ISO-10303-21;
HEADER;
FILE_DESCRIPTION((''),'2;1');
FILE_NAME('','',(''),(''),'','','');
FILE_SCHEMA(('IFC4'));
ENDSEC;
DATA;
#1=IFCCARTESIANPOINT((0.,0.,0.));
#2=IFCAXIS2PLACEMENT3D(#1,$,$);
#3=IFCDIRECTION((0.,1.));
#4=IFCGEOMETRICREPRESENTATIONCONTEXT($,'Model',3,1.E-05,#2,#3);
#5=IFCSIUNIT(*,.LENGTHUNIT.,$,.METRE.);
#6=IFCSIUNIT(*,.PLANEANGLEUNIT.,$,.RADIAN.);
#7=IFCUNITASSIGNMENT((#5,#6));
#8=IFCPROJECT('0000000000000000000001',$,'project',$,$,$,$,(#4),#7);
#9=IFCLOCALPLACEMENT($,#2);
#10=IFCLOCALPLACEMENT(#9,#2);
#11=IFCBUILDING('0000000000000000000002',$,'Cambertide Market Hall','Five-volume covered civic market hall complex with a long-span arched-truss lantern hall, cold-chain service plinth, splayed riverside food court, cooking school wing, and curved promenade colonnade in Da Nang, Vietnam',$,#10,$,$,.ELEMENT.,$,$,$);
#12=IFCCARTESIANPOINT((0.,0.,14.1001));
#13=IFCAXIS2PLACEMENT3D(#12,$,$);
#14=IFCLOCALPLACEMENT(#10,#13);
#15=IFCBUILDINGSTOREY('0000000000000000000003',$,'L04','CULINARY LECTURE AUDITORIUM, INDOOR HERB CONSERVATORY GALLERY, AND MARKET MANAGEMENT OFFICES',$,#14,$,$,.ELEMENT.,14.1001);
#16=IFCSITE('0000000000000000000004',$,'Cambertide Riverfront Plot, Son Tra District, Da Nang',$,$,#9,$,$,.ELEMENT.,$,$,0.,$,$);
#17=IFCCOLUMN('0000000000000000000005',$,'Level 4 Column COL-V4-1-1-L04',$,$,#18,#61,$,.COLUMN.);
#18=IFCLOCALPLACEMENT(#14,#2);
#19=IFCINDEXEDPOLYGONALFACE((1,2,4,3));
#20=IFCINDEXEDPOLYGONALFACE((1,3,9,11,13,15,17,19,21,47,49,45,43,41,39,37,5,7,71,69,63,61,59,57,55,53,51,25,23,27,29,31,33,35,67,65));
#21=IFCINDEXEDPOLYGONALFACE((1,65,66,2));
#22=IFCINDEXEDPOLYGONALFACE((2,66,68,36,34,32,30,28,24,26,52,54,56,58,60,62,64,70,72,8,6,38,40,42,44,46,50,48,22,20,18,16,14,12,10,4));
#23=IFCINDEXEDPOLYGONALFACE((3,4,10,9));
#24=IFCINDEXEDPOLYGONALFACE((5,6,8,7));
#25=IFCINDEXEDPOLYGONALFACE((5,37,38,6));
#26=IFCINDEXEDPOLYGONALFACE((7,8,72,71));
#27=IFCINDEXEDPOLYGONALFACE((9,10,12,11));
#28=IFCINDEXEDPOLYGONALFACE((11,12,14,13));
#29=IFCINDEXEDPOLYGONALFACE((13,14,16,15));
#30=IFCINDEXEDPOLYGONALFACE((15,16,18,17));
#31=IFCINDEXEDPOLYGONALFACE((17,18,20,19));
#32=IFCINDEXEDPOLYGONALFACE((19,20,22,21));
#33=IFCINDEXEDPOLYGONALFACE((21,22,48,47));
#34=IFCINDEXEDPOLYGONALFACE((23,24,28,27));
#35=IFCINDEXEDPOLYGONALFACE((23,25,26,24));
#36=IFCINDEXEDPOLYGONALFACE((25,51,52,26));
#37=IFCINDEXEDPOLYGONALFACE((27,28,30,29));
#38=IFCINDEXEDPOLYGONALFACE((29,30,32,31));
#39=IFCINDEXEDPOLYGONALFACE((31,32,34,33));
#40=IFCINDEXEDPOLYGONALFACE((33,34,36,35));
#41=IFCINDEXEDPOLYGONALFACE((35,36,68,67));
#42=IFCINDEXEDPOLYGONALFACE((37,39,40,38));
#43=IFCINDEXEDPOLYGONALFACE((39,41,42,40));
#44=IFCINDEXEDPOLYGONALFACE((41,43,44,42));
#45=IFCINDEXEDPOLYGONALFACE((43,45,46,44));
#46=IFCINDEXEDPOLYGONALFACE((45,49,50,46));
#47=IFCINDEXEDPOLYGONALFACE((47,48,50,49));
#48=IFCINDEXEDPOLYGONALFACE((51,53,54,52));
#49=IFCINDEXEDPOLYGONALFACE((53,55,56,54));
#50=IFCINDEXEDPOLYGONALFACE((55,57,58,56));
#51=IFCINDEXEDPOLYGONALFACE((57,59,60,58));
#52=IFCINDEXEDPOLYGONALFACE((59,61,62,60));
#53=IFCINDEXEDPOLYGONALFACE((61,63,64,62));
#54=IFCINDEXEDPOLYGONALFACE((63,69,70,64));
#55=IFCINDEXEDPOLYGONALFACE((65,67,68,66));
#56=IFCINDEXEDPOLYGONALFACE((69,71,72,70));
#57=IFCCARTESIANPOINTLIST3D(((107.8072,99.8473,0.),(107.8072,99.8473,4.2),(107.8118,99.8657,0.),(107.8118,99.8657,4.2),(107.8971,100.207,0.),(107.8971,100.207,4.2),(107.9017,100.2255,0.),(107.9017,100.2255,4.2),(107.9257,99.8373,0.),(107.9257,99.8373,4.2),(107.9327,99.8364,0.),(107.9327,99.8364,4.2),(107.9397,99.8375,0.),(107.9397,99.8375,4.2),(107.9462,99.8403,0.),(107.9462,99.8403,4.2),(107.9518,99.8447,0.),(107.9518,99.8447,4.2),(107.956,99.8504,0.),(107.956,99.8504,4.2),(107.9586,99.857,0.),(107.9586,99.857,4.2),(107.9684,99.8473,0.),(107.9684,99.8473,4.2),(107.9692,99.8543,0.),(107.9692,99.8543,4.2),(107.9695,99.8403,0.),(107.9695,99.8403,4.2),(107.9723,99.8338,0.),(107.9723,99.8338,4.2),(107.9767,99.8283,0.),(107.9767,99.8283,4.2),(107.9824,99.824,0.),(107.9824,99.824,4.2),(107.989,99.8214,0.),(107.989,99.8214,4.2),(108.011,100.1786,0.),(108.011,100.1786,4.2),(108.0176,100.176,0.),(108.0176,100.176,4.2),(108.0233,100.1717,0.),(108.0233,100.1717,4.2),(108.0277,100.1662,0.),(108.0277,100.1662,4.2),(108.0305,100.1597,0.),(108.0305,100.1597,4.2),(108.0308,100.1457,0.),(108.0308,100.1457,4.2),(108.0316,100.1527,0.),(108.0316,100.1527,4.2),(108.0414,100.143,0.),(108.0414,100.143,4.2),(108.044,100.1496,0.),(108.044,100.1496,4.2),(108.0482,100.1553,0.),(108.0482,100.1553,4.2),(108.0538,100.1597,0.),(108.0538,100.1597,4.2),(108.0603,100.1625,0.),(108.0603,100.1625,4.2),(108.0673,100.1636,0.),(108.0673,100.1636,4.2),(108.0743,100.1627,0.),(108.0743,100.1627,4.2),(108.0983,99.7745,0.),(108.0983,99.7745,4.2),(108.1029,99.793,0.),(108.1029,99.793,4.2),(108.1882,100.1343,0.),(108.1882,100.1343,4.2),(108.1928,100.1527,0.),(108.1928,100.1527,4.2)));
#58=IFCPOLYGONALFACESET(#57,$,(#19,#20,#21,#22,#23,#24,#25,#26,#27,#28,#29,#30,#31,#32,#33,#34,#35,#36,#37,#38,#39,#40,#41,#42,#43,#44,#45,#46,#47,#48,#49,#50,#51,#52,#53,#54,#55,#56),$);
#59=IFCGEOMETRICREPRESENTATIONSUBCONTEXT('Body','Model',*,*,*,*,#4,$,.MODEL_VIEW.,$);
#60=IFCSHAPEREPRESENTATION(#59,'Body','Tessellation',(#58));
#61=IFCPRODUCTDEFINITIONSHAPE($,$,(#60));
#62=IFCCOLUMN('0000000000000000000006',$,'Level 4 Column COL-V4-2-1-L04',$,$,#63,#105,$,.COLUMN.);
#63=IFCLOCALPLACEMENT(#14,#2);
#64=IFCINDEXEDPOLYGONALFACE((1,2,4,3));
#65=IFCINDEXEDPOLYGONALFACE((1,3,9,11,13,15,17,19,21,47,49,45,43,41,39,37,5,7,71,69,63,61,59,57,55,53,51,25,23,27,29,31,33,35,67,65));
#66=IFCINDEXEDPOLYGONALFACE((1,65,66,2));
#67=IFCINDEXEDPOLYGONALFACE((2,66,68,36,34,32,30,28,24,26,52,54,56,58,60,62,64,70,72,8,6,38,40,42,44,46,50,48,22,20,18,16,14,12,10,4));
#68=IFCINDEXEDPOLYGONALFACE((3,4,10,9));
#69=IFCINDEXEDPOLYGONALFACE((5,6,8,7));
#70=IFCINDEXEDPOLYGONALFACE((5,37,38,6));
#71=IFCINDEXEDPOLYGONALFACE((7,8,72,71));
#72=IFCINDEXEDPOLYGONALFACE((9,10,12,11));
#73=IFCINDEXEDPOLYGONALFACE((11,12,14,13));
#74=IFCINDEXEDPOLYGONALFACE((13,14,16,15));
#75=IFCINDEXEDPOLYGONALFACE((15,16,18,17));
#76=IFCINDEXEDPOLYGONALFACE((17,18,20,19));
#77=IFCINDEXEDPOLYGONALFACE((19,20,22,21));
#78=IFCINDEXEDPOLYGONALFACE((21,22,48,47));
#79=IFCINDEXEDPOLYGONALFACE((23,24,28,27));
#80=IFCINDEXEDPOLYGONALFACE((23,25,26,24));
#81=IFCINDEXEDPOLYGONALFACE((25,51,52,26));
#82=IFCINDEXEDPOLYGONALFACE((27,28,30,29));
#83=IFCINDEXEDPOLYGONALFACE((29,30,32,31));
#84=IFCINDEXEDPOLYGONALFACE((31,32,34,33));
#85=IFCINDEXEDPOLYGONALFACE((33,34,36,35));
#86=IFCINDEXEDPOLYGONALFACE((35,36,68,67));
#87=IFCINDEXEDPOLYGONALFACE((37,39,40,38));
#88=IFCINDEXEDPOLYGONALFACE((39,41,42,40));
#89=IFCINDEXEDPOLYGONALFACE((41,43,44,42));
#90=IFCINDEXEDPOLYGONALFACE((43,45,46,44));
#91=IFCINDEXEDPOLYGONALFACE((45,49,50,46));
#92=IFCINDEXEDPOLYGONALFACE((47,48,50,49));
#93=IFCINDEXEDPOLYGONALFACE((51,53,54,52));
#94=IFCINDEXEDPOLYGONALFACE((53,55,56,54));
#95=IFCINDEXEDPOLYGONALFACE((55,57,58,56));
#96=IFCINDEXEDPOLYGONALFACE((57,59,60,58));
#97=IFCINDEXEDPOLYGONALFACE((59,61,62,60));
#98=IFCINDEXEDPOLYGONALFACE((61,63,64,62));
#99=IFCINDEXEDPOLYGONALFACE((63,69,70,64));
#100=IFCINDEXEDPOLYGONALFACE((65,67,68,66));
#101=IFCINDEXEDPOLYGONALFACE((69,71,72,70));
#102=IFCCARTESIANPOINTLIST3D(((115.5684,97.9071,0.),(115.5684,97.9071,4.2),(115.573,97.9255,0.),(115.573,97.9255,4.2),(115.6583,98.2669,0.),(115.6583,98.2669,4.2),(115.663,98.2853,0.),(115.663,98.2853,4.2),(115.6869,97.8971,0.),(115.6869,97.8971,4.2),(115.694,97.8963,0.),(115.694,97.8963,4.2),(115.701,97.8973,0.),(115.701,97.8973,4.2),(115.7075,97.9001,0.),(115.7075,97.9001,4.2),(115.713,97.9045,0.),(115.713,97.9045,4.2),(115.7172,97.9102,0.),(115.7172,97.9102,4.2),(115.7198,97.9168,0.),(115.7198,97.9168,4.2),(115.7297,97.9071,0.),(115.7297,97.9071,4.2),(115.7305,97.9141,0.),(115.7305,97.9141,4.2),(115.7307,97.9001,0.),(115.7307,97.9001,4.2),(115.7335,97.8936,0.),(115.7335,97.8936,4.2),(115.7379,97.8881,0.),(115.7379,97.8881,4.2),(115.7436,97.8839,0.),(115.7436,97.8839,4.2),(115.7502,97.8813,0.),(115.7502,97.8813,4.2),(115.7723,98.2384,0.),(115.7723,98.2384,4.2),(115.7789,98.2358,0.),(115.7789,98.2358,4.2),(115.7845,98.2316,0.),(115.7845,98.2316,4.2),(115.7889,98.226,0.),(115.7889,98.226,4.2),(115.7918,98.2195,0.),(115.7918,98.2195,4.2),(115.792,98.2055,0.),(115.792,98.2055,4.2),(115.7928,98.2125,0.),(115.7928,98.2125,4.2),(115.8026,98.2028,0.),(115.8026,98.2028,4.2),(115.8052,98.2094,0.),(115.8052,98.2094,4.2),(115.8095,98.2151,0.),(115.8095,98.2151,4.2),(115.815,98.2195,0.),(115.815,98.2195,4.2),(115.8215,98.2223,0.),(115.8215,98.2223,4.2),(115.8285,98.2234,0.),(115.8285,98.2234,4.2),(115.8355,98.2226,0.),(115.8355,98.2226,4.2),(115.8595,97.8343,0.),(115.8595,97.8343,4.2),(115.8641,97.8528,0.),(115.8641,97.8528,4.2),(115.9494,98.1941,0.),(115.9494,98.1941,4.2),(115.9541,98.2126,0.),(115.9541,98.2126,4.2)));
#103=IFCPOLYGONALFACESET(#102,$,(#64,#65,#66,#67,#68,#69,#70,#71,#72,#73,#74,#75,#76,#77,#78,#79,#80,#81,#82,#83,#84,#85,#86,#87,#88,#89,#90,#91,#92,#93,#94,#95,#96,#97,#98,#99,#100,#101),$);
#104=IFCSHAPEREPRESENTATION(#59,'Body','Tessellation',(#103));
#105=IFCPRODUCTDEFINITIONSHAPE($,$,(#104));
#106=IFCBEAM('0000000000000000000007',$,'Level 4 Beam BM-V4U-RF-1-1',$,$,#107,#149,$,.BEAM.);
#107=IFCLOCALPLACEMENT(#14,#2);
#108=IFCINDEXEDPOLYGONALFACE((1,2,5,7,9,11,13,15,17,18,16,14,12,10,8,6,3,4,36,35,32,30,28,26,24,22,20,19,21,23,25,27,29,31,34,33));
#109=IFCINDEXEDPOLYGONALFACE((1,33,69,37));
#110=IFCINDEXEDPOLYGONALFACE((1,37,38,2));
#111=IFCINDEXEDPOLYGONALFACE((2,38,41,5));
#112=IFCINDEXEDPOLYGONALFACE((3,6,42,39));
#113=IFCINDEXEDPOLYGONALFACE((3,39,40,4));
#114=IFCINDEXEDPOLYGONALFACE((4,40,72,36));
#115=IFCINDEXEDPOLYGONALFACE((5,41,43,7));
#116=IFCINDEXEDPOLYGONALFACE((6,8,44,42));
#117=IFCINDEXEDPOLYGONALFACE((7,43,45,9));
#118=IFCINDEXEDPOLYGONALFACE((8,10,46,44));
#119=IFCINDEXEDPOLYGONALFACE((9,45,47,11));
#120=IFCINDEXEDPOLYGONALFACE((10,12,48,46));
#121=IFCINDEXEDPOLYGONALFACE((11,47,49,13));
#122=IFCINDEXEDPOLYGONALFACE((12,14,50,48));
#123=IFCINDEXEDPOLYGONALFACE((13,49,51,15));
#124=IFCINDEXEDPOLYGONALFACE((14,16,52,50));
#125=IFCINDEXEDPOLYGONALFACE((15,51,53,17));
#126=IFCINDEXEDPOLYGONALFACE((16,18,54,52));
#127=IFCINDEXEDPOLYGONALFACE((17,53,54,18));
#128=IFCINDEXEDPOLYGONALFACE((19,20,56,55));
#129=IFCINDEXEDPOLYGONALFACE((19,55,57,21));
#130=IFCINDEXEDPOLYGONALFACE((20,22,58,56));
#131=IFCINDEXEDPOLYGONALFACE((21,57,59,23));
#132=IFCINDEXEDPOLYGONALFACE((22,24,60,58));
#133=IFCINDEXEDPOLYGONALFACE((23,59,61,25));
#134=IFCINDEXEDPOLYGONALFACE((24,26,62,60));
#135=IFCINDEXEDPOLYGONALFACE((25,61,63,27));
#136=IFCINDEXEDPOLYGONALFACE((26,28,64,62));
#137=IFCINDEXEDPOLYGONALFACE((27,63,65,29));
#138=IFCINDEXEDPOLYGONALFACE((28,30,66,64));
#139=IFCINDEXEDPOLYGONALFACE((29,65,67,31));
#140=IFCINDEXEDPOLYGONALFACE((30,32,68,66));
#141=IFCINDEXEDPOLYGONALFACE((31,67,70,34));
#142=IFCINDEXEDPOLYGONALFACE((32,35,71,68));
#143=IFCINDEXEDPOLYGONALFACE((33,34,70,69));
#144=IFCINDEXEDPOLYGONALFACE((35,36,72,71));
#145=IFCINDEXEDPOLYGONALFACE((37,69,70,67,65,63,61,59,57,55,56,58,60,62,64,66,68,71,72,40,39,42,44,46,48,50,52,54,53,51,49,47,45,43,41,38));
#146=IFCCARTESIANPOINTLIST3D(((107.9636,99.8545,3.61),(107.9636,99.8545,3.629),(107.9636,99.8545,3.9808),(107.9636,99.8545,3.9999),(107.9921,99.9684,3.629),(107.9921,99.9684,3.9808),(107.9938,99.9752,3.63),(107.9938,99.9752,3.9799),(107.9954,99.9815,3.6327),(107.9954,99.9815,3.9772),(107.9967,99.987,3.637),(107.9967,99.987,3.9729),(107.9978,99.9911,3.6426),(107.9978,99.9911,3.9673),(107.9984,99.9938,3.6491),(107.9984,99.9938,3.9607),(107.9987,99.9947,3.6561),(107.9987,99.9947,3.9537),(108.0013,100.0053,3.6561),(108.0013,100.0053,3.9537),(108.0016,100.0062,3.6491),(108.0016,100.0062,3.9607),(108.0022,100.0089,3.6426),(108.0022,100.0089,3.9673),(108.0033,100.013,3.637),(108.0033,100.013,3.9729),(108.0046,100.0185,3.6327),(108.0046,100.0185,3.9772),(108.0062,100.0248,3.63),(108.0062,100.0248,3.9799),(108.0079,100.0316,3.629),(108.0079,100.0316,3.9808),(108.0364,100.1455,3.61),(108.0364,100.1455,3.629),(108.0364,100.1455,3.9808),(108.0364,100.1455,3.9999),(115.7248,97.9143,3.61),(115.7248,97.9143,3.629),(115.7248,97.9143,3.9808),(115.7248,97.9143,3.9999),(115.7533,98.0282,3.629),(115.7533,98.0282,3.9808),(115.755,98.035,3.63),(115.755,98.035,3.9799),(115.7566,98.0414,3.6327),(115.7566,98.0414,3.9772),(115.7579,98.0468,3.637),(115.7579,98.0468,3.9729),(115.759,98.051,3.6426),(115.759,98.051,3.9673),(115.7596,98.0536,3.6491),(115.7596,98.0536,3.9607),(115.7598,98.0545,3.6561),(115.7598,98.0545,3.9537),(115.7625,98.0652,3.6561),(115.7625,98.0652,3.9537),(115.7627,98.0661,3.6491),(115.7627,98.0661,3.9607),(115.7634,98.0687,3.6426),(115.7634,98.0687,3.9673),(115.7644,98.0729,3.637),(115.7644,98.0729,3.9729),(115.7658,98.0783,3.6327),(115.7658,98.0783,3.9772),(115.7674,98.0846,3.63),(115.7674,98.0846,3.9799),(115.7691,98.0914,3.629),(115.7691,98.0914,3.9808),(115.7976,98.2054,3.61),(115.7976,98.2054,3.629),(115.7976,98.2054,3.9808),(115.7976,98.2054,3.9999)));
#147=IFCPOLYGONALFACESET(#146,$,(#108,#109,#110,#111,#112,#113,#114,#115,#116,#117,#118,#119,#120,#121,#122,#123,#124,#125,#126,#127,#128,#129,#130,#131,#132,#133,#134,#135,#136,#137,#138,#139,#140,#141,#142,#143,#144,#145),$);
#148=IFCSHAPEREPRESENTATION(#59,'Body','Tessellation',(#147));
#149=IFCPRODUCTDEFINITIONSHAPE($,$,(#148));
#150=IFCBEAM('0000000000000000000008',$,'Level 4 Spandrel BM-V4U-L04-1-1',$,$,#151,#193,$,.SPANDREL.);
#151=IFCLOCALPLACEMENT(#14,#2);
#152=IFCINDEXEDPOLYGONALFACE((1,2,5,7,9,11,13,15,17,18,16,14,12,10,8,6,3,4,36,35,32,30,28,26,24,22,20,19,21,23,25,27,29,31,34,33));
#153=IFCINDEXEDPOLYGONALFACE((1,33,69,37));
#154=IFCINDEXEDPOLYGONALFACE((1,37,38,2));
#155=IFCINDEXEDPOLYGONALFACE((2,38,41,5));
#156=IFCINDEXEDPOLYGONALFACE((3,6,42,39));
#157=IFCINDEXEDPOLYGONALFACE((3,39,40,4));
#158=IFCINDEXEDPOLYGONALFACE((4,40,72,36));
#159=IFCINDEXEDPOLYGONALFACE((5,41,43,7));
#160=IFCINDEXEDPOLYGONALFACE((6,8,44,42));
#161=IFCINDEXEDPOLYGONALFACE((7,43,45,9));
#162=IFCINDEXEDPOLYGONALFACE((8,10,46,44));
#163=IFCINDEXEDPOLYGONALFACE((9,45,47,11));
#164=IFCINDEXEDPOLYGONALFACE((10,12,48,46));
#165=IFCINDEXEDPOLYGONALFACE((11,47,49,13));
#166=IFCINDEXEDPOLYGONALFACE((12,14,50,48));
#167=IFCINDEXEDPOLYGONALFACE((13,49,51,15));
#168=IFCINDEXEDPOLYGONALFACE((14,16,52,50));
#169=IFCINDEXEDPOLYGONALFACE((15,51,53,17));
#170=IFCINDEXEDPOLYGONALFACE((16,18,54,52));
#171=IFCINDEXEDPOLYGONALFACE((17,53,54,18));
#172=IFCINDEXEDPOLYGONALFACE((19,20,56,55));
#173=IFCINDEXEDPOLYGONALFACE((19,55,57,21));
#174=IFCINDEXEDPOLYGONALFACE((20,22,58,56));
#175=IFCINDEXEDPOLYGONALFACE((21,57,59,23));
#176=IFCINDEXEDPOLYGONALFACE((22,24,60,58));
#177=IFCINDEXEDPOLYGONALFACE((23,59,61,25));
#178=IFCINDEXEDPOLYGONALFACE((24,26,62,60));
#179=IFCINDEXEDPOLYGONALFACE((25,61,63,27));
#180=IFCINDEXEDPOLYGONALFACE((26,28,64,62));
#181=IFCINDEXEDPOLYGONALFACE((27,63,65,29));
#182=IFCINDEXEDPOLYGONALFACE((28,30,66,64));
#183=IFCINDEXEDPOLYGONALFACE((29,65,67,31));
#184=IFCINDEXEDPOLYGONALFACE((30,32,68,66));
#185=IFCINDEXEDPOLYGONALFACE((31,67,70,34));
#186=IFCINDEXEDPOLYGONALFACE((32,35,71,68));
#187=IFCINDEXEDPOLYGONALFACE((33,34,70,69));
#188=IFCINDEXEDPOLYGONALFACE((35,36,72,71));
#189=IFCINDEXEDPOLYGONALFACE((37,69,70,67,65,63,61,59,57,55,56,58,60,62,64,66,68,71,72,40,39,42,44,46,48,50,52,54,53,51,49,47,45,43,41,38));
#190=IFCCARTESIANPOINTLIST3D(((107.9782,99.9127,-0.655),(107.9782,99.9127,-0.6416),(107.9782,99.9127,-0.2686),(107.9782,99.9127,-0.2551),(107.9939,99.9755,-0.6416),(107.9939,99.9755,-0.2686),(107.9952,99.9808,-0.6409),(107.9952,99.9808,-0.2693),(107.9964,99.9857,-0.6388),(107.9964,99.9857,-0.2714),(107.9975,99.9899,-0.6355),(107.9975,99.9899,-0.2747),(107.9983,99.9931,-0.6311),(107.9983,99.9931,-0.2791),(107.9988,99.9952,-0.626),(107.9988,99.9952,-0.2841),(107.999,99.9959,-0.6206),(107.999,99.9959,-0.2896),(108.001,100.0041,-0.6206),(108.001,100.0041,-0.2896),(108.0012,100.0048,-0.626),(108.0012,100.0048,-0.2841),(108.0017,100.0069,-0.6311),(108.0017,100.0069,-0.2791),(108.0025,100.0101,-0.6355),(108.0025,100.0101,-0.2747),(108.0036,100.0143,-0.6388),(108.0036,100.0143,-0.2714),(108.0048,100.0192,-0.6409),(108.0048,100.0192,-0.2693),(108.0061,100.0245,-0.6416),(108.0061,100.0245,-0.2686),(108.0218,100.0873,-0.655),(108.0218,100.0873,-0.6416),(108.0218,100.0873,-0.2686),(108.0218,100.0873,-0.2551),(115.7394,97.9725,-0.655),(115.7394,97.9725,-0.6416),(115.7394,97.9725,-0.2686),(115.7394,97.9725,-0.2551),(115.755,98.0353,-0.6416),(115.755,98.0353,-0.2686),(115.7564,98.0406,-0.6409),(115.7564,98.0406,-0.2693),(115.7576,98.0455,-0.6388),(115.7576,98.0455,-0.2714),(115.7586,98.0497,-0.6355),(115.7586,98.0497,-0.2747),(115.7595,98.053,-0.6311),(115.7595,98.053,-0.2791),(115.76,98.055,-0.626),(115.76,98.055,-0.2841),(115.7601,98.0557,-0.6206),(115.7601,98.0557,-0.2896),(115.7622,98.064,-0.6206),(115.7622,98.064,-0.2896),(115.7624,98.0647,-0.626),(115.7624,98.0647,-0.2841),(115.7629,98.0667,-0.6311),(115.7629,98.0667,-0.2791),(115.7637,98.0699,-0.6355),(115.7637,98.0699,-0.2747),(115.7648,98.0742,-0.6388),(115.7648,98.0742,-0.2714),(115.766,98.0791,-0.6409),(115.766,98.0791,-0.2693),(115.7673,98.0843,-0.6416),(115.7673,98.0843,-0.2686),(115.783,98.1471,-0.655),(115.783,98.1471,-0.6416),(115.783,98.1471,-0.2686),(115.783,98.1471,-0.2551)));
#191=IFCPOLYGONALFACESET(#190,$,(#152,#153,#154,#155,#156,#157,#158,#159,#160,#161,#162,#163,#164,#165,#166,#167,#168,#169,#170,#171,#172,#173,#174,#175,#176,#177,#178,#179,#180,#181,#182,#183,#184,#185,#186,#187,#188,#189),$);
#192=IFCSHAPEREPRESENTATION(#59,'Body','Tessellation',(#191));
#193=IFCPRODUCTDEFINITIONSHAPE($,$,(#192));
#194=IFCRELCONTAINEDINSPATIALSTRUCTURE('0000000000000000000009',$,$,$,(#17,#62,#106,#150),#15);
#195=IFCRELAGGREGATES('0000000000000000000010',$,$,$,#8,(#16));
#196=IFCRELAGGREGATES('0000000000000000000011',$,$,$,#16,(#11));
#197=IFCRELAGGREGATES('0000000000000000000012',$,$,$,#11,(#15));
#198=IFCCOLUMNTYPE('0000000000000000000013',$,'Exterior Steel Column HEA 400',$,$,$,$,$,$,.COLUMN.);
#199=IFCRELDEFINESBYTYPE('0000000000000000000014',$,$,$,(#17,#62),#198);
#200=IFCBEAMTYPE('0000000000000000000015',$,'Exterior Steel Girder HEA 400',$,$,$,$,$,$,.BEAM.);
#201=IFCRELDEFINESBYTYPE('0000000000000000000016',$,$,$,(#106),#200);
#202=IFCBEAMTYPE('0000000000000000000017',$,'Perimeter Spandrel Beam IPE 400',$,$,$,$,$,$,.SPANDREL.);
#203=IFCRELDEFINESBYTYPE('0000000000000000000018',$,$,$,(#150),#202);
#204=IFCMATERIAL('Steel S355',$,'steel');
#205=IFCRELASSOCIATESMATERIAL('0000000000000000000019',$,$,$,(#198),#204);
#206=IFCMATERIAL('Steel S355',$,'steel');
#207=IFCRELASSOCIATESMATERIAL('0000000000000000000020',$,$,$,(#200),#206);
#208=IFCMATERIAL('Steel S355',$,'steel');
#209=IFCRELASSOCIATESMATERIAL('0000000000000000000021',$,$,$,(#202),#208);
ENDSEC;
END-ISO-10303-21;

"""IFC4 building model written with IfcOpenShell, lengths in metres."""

from ifc_helpers import new_model, si_unit, direction, frame, origin, origin_2d, place, context, subcontext, project, spatial, i_section, extrude, material, material_profile, profile_set, type_object, element, save


model = new_model("IFC4")

# Units and contexts
model_context = context("Model", 3, precision=1e-05, world=origin(), true_north=direction((0.0, 1.0)))
body_context = subcontext(model_context, "Body", "Model", "MODEL_VIEW")
ifc_project = project(units=[si_unit("LENGTHUNIT", "METRE"), si_unit("PLANEANGLEUNIT", "RADIAN")], contexts=[model_context])

# Site, building, storey
site_placement = place(None, origin())
site = spatial("IfcSite", under=ifc_project, at=site_placement, Name="Cambertide Riverfront Plot, Son Tra District, Da Nang", CompositionType="ELEMENT", RefElevation=0.0)
building_placement = place(site_placement, origin())
building = spatial("IfcBuilding", under=site, at=building_placement, Name="Cambertide Market Hall", Description="Five-volume covered civic market hall complex with a long-span arched-truss lantern hall, cold-chain service plinth, splayed riverside food court, cooking school wing, and curved promenade colonnade in Da Nang, Vietnam", CompositionType="ELEMENT")
storey_placement = place(building_placement, frame((0.0, 0.0, 14.1001)))
storey = spatial("IfcBuildingStorey", under=building, at=storey_placement, Name="L04", Description="CULINARY LECTURE AUDITORIUM, INDOOR HERB CONSERVATORY GALLERY, AND MARKET MANAGEMENT OFFICES", CompositionType="ELEMENT", Elevation=14.1001)

# Columns
ifc_material_1 = material(Name="Steel S355", Category="steel")
ifc_material_profile_1 = material_profile(ifc_material_1, i_section(OverallWidth=0.3, OverallDepth=0.3899, WebThickness=0.011, FlangeThickness=0.019, FilletRadius=0.0271, at=origin_2d()), Name="HEA 400")
ifc_profile_set_1 = profile_set([ifc_material_profile_1], Name="Steel S355")
column_type = type_object("IfcColumnType", Name="Exterior Steel Column HEA 400", PredefinedType="COLUMN", material=ifc_profile_set_1)
for number, where, z_axis, x_axis, name in (
    (1, (108.0, 100.0, 0.0), (0.0, 0.0, 1.0), (0.970143, -0.242536, 0.0), "Level 4 Column COL-V4-1-1-L04"),
    (2, (115.7612, 98.0598, 0.0), (0.0, 0.0, 1.0), (0.970143, -0.242536, 0.0), "Level 4 Column COL-V4-2-1-L04"),
):
    element("IfcColumn", number, at=place(storey_placement, frame(where, z_axis=z_axis, x_axis=x_axis)), inside=storey, type_object=column_type, Name=name, PredefinedType="COLUMN", context=body_context, shape_type="SweptSolid", body=[
        extrude(i_section(OverallWidth=0.3, OverallDepth=0.3899, WebThickness=0.011, FlangeThickness=0.019, FilletRadius=0.0271, at=origin_2d()), origin(), (0.0, 0.0, 1.0), 4.2),
    ])

# Beams
ifc_material_2 = material(Name="Steel S355", Category="steel")
ifc_material_profile_2 = material_profile(ifc_material_2, i_section(OverallWidth=0.3, OverallDepth=0.3899, WebThickness=0.011, FlangeThickness=0.019, FilletRadius=0.0271, at=origin_2d()), Name="HEA 400")
ifc_profile_set_2 = profile_set([ifc_material_profile_2], Name="Steel S355")
beam_type_1 = type_object("IfcBeamType", Name="Exterior Steel Girder HEA 400", PredefinedType="BEAM", material=ifc_profile_set_2)
beam_1_placement = place(storey_placement, frame((108.0, 100.0, 3.8049), z_axis=(0.970146, -0.242521, 0.0), x_axis=(0.242521, 0.970146, 0.0)))
element("IfcBeam", 3, at=beam_1_placement, inside=storey, type_object=beam_type_1, Name="Level 4 Beam BM-V4U-RF-1-1", PredefinedType="BEAM", context=body_context, shape_type="SweptSolid", body=[
    extrude(i_section(OverallWidth=0.3, OverallDepth=0.3899, WebThickness=0.011, FlangeThickness=0.019, FilletRadius=0.0271, at=origin_2d()), origin(), (0.0, 0.0, 1.0), 8.0),
])
ifc_material_3 = material(Name="Steel S355", Category="steel")
ifc_material_profile_3 = material_profile(ifc_material_3, i_section(OverallWidth=0.1799, OverallDepth=0.3999, WebThickness=0.0085, FlangeThickness=0.0134, FilletRadius=0.021, at=origin_2d()), Name="IPE 400")
ifc_profile_set_3 = profile_set([ifc_material_profile_3], Name="Steel S355")
beam_type_2 = type_object("IfcBeamType", Name="Perimeter Spandrel Beam IPE 400", PredefinedType="SPANDREL", material=ifc_profile_set_3)
for number, where, z_axis, x_axis, name in (
    (4, (108.0, 100.0, -0.4551), (0.970146, -0.242521, 0.0), (0.242521, 0.970146, 0.0), "Level 4 Spandrel BM-V4U-L04-1-1"),
):
    element("IfcBeam", number, at=place(storey_placement, frame(where, z_axis=z_axis, x_axis=x_axis)), inside=storey, type_object=beam_type_2, Name=name, PredefinedType="SPANDREL", context=body_context, shape_type="SweptSolid", body=[
        extrude(i_section(OverallWidth=0.1799, OverallDepth=0.3999, WebThickness=0.0085, FlangeThickness=0.0134, FilletRadius=0.021, at=origin_2d()), origin(), (0.0, 0.0, 1.0), 8.0),
    ])

save(model, "model.ifc")
